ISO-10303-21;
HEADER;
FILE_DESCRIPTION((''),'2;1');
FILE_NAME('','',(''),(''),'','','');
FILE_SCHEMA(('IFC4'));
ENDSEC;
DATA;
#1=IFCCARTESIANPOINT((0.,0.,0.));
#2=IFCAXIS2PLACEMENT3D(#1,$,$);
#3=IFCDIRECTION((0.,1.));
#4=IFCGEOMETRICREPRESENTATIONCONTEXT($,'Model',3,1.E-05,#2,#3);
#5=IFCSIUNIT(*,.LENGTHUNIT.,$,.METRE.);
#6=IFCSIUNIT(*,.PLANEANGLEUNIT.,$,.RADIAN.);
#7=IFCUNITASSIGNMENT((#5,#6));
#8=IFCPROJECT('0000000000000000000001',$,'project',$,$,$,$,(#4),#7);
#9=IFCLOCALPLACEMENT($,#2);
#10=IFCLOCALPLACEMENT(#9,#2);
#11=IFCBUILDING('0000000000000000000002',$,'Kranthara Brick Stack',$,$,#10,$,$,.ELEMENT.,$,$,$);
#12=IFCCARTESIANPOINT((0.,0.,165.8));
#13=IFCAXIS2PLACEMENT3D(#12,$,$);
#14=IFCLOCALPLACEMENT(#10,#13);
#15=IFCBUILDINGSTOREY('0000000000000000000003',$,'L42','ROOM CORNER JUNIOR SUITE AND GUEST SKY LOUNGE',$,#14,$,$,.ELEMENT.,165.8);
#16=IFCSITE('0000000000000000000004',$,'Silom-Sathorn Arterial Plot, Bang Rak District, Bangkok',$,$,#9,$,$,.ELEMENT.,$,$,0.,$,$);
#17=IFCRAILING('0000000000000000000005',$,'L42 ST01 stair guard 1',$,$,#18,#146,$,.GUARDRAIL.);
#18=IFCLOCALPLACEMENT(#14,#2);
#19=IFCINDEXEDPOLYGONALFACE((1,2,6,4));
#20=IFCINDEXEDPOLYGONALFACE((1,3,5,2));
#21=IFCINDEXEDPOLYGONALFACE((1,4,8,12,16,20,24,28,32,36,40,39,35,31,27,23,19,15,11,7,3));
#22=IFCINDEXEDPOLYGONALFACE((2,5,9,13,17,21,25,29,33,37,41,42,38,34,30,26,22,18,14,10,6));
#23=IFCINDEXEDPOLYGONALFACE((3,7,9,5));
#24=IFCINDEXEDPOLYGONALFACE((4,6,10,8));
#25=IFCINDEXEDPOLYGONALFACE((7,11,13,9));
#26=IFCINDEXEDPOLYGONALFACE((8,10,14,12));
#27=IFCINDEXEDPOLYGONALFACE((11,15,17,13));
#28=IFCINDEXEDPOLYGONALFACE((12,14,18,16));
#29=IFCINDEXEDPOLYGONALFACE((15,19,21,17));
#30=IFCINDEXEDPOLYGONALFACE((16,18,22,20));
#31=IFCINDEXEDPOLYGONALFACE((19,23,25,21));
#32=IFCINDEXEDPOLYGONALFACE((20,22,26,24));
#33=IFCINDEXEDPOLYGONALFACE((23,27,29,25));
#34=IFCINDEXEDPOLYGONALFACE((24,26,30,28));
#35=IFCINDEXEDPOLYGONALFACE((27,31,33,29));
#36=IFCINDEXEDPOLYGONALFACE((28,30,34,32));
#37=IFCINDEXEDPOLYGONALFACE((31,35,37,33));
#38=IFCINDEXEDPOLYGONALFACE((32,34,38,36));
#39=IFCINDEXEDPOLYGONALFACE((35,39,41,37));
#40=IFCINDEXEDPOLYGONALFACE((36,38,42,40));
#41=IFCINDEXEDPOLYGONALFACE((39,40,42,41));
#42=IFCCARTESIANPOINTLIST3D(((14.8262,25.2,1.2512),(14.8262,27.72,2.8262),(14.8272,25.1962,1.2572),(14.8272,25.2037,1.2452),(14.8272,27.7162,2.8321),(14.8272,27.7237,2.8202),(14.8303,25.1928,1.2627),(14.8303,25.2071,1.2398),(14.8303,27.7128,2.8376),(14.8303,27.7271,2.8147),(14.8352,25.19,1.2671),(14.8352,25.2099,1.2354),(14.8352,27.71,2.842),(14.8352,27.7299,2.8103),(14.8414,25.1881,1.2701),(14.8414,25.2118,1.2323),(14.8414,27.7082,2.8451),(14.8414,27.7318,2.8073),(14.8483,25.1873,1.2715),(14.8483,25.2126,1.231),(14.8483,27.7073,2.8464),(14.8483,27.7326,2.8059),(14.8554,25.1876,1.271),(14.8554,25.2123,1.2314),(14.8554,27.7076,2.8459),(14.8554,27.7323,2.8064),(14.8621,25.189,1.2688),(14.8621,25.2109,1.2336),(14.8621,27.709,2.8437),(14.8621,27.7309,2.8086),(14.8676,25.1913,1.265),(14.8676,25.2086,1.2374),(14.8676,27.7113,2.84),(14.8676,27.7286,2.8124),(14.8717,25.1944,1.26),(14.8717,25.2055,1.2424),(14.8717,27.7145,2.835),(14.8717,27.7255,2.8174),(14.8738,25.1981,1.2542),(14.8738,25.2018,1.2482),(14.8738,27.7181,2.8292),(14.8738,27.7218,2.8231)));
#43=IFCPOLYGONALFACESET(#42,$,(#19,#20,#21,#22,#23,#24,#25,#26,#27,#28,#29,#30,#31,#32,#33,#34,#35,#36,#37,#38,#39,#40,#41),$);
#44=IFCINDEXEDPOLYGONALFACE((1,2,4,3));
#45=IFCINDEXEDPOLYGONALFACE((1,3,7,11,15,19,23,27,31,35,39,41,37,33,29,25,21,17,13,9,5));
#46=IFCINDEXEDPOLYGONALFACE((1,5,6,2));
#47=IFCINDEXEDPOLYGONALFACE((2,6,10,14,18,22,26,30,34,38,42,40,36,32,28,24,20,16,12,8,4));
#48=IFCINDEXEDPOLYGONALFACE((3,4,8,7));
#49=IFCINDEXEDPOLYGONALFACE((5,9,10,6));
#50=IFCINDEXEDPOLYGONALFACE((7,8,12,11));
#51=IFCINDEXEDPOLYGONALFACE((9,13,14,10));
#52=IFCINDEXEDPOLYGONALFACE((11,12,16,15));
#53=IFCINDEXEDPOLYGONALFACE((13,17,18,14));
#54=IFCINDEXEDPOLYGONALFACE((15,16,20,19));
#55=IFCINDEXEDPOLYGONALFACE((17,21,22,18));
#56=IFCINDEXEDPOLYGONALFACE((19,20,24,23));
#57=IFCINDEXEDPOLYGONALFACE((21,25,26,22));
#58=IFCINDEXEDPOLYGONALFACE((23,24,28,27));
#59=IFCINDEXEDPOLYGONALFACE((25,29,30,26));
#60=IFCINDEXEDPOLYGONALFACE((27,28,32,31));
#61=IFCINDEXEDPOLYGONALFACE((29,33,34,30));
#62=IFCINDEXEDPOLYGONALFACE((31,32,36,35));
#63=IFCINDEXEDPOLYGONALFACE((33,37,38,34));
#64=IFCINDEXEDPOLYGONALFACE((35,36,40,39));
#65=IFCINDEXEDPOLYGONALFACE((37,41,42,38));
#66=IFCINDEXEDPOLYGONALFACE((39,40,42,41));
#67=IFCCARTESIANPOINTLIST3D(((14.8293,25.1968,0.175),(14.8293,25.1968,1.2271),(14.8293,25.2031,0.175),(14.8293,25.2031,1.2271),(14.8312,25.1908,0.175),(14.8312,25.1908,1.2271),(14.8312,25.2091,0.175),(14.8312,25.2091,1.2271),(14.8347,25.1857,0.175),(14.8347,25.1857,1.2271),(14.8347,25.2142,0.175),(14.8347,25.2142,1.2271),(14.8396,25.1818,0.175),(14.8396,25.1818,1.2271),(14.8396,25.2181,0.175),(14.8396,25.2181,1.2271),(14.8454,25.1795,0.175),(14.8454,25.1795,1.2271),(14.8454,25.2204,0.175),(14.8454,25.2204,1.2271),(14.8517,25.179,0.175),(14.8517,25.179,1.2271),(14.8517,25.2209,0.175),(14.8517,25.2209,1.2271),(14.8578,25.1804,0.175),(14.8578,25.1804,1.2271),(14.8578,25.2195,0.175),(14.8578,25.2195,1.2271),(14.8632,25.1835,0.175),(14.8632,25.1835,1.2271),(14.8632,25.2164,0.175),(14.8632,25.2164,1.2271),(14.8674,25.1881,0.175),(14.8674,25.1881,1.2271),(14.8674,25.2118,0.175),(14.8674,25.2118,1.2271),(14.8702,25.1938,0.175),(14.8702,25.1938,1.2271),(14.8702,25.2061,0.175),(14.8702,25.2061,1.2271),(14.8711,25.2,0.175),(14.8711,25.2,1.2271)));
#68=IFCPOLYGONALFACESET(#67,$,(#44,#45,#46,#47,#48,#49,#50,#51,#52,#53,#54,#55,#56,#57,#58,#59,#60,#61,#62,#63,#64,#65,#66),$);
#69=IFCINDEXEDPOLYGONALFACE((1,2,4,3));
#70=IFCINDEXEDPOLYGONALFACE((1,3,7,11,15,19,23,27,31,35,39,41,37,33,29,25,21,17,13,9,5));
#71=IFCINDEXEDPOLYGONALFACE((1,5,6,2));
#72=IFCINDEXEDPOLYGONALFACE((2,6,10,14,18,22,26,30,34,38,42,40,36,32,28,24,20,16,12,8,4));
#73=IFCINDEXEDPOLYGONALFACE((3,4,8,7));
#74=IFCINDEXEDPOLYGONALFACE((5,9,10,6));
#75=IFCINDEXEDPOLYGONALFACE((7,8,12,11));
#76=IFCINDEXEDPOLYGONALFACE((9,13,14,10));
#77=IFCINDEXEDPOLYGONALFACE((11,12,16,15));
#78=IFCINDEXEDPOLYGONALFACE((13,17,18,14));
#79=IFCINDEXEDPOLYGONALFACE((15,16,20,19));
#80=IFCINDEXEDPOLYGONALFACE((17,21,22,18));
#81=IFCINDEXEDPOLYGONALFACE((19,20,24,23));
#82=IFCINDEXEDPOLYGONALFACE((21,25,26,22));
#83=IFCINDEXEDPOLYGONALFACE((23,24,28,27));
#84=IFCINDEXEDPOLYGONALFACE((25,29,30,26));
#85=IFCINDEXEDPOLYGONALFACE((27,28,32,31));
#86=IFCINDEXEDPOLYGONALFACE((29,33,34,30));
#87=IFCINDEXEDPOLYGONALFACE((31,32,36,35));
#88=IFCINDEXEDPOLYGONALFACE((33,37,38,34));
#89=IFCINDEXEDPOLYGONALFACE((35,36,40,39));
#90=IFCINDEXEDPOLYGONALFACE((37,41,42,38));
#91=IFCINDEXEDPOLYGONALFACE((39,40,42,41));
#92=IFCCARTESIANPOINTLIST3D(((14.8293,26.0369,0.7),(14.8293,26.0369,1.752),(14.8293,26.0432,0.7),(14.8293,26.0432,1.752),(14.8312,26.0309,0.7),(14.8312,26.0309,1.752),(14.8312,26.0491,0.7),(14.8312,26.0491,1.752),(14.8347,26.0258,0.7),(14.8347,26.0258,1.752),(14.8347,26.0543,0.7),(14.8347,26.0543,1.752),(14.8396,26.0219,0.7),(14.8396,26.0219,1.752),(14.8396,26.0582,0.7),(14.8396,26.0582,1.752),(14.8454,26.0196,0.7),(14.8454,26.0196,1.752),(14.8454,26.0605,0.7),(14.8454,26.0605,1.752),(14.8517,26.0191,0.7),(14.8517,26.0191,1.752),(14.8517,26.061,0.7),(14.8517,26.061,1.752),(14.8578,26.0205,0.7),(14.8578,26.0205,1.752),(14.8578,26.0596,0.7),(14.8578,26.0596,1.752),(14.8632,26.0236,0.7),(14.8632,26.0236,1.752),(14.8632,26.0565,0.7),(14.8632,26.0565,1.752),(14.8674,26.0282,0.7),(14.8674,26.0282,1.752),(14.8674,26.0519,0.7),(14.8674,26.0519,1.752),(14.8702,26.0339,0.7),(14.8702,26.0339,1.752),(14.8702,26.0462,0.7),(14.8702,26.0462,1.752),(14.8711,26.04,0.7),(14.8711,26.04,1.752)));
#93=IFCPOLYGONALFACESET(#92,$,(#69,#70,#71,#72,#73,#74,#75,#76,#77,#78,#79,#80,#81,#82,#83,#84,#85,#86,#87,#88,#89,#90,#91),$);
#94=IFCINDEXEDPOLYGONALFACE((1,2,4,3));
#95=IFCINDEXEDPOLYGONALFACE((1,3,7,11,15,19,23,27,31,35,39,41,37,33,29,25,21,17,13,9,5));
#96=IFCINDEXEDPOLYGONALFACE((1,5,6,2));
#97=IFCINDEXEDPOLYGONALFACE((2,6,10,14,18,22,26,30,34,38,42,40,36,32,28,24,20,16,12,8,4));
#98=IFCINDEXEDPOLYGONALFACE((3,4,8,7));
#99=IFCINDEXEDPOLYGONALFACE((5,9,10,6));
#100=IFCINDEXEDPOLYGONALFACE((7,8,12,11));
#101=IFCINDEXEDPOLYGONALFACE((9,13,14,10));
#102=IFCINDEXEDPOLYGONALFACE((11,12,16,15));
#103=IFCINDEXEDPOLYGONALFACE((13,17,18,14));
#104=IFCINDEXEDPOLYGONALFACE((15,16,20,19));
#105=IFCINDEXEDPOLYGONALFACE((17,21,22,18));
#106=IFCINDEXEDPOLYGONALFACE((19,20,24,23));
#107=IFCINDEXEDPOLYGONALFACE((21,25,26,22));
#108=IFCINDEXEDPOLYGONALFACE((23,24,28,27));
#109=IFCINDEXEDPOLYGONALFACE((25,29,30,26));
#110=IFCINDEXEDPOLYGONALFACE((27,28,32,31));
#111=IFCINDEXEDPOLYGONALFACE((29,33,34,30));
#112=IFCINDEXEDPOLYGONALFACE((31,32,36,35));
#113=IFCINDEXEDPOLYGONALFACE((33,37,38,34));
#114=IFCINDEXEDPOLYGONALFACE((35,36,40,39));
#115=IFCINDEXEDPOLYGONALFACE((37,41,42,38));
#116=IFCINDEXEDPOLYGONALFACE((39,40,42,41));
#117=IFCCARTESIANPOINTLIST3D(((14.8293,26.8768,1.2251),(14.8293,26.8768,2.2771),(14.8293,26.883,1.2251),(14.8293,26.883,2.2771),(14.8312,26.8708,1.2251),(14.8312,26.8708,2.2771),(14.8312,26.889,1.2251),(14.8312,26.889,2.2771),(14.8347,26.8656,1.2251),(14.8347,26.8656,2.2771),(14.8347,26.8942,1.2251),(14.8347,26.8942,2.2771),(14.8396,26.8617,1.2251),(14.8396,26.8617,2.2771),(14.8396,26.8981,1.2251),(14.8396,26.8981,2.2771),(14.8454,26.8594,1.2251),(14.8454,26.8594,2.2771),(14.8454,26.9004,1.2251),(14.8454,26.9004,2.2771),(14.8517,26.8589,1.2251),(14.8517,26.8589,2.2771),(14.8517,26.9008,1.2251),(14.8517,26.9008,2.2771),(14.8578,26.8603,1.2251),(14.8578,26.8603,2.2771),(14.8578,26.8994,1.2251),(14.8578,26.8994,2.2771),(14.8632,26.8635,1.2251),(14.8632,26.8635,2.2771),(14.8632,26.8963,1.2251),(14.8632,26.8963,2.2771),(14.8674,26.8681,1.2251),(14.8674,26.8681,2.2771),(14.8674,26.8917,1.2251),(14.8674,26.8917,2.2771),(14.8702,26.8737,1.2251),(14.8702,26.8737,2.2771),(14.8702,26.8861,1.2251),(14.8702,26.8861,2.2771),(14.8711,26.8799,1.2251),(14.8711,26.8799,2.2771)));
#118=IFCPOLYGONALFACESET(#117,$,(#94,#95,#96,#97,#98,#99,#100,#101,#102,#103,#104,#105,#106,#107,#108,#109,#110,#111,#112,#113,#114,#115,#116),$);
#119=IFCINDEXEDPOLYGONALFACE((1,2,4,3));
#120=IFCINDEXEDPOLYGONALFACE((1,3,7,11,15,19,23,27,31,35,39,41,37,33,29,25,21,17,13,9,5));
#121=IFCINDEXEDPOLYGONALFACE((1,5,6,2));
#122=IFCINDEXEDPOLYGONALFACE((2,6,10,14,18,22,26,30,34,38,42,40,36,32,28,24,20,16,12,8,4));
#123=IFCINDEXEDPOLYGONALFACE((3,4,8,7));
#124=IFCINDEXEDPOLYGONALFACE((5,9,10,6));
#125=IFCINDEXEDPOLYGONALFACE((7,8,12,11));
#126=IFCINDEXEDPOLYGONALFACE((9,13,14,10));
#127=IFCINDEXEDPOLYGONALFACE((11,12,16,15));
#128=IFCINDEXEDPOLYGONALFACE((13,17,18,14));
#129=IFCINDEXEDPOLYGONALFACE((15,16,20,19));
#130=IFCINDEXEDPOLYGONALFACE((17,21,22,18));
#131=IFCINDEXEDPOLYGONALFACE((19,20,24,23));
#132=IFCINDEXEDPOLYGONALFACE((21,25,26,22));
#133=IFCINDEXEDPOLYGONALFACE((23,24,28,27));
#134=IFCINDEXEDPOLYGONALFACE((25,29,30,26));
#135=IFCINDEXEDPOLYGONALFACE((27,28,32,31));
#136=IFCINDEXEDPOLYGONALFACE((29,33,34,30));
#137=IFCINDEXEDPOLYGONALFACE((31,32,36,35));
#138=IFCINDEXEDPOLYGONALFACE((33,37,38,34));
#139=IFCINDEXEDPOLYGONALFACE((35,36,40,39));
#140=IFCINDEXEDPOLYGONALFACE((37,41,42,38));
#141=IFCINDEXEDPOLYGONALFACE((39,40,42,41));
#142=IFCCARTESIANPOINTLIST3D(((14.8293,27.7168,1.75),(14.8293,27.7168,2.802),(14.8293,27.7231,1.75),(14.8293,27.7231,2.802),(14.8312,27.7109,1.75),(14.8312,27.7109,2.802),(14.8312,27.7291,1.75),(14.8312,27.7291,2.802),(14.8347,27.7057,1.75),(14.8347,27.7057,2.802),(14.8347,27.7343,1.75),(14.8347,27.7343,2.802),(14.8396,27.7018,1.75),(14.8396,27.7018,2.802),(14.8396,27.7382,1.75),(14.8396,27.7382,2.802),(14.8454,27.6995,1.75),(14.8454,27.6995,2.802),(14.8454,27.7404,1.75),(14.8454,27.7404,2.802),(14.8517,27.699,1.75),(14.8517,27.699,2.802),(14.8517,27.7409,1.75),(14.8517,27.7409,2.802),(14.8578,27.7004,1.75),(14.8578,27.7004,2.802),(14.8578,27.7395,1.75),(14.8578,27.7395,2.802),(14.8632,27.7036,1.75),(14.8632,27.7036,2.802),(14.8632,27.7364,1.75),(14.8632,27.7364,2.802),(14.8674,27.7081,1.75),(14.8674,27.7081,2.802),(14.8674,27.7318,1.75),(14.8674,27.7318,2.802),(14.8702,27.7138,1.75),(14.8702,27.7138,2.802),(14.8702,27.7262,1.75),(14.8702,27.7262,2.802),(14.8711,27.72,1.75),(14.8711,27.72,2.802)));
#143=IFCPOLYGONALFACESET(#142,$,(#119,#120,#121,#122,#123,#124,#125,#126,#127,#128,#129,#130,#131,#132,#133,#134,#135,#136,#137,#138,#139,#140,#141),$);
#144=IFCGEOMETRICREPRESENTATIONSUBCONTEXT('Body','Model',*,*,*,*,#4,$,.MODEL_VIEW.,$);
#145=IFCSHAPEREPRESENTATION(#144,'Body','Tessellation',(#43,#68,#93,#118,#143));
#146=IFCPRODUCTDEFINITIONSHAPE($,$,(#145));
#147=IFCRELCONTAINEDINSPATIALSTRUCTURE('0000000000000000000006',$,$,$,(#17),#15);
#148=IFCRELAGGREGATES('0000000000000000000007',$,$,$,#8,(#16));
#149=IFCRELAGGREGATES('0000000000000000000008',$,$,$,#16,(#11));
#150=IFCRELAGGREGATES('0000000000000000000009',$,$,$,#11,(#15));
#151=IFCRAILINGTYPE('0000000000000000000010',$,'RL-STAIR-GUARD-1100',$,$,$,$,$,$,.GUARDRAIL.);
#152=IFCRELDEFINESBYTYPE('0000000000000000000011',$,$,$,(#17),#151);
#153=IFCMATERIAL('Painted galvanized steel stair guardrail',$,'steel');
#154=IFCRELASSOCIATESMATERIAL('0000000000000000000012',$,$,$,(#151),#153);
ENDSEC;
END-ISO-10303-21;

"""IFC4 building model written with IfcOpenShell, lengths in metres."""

from ifc_helpers import new_model, si_unit, direction, frame, origin, origin_2d, place, context, subcontext, project, spatial, circle, extrude, material, type_object, element, save


model = new_model("IFC4")

# Units and contexts
model_context = context("Model", 3, precision=1e-05, world=origin(), true_north=direction((0.0, 1.0)))
body_context = subcontext(model_context, "Body", "Model", "MODEL_VIEW")
ifc_project = project(units=[si_unit("LENGTHUNIT", "METRE"), si_unit("PLANEANGLEUNIT", "RADIAN")], contexts=[model_context])

# Site, building, storey
site_placement = place(None, origin())
site = spatial("IfcSite", under=ifc_project, at=site_placement, Name="Silom-Sathorn Arterial Plot, Bang Rak District, Bangkok", CompositionType="ELEMENT", RefElevation=0.0)
building_placement = place(site_placement, origin())
building = spatial("IfcBuilding", under=site, at=building_placement, Name="Kranthara Brick Stack", CompositionType="ELEMENT")
storey_placement = place(building_placement, frame((0.0, 0.0, 165.8)))
storey = spatial("IfcBuildingStorey", under=building, at=storey_placement, Name="L42", Description="ROOM CORNER JUNIOR SUITE AND GUEST SKY LOUNGE", CompositionType="ELEMENT", Elevation=165.8)

# Railing
ifc_material_1 = material(Name="Painted galvanized steel stair guardrail", Category="steel")
railing_type_1 = type_object("IfcRailingType", Name="RL-STAIR-GUARD-1100", PredefinedType="GUARDRAIL", material=ifc_material_1)
railing_1_placement = place(storey_placement, frame((14.8501, 25.2, 0.175)))
element("IfcRailing", 1, at=railing_1_placement, inside=storey, type_object=railing_type_1, Name="L42 ST01 stair guard 1", PredefinedType="GUARDRAIL", context=body_context, shape_type="SweptSolid", body=[
    extrude(circle(Radius=0.0239, at=origin_2d()), frame((0.0, 0.0, 1.0762), z_axis=(0.0, 0.848008, 0.529984), x_axis=(-1.0, 0.0, 0.0)), (0.0, 0.0, 1.0), 2.9717),
    extrude(circle(Radius=0.021, at=origin_2d()), origin(), (0.0, 0.0, 1.0), 1.052),
    extrude(circle(Radius=0.021, at=origin_2d()), frame((0.0, 0.8401, 0.5249)), (0.0, 0.0, 1.0), 1.052),
    extrude(circle(Radius=0.021, at=origin_2d()), frame((0.0, 1.6799, 1.05)), (0.0, 0.0, 1.0), 1.052),
    extrude(circle(Radius=0.021, at=origin_2d()), frame((0.0, 2.52, 1.575)), (0.0, 0.0, 1.0), 1.052),
])

save(model, "model.ifc")
